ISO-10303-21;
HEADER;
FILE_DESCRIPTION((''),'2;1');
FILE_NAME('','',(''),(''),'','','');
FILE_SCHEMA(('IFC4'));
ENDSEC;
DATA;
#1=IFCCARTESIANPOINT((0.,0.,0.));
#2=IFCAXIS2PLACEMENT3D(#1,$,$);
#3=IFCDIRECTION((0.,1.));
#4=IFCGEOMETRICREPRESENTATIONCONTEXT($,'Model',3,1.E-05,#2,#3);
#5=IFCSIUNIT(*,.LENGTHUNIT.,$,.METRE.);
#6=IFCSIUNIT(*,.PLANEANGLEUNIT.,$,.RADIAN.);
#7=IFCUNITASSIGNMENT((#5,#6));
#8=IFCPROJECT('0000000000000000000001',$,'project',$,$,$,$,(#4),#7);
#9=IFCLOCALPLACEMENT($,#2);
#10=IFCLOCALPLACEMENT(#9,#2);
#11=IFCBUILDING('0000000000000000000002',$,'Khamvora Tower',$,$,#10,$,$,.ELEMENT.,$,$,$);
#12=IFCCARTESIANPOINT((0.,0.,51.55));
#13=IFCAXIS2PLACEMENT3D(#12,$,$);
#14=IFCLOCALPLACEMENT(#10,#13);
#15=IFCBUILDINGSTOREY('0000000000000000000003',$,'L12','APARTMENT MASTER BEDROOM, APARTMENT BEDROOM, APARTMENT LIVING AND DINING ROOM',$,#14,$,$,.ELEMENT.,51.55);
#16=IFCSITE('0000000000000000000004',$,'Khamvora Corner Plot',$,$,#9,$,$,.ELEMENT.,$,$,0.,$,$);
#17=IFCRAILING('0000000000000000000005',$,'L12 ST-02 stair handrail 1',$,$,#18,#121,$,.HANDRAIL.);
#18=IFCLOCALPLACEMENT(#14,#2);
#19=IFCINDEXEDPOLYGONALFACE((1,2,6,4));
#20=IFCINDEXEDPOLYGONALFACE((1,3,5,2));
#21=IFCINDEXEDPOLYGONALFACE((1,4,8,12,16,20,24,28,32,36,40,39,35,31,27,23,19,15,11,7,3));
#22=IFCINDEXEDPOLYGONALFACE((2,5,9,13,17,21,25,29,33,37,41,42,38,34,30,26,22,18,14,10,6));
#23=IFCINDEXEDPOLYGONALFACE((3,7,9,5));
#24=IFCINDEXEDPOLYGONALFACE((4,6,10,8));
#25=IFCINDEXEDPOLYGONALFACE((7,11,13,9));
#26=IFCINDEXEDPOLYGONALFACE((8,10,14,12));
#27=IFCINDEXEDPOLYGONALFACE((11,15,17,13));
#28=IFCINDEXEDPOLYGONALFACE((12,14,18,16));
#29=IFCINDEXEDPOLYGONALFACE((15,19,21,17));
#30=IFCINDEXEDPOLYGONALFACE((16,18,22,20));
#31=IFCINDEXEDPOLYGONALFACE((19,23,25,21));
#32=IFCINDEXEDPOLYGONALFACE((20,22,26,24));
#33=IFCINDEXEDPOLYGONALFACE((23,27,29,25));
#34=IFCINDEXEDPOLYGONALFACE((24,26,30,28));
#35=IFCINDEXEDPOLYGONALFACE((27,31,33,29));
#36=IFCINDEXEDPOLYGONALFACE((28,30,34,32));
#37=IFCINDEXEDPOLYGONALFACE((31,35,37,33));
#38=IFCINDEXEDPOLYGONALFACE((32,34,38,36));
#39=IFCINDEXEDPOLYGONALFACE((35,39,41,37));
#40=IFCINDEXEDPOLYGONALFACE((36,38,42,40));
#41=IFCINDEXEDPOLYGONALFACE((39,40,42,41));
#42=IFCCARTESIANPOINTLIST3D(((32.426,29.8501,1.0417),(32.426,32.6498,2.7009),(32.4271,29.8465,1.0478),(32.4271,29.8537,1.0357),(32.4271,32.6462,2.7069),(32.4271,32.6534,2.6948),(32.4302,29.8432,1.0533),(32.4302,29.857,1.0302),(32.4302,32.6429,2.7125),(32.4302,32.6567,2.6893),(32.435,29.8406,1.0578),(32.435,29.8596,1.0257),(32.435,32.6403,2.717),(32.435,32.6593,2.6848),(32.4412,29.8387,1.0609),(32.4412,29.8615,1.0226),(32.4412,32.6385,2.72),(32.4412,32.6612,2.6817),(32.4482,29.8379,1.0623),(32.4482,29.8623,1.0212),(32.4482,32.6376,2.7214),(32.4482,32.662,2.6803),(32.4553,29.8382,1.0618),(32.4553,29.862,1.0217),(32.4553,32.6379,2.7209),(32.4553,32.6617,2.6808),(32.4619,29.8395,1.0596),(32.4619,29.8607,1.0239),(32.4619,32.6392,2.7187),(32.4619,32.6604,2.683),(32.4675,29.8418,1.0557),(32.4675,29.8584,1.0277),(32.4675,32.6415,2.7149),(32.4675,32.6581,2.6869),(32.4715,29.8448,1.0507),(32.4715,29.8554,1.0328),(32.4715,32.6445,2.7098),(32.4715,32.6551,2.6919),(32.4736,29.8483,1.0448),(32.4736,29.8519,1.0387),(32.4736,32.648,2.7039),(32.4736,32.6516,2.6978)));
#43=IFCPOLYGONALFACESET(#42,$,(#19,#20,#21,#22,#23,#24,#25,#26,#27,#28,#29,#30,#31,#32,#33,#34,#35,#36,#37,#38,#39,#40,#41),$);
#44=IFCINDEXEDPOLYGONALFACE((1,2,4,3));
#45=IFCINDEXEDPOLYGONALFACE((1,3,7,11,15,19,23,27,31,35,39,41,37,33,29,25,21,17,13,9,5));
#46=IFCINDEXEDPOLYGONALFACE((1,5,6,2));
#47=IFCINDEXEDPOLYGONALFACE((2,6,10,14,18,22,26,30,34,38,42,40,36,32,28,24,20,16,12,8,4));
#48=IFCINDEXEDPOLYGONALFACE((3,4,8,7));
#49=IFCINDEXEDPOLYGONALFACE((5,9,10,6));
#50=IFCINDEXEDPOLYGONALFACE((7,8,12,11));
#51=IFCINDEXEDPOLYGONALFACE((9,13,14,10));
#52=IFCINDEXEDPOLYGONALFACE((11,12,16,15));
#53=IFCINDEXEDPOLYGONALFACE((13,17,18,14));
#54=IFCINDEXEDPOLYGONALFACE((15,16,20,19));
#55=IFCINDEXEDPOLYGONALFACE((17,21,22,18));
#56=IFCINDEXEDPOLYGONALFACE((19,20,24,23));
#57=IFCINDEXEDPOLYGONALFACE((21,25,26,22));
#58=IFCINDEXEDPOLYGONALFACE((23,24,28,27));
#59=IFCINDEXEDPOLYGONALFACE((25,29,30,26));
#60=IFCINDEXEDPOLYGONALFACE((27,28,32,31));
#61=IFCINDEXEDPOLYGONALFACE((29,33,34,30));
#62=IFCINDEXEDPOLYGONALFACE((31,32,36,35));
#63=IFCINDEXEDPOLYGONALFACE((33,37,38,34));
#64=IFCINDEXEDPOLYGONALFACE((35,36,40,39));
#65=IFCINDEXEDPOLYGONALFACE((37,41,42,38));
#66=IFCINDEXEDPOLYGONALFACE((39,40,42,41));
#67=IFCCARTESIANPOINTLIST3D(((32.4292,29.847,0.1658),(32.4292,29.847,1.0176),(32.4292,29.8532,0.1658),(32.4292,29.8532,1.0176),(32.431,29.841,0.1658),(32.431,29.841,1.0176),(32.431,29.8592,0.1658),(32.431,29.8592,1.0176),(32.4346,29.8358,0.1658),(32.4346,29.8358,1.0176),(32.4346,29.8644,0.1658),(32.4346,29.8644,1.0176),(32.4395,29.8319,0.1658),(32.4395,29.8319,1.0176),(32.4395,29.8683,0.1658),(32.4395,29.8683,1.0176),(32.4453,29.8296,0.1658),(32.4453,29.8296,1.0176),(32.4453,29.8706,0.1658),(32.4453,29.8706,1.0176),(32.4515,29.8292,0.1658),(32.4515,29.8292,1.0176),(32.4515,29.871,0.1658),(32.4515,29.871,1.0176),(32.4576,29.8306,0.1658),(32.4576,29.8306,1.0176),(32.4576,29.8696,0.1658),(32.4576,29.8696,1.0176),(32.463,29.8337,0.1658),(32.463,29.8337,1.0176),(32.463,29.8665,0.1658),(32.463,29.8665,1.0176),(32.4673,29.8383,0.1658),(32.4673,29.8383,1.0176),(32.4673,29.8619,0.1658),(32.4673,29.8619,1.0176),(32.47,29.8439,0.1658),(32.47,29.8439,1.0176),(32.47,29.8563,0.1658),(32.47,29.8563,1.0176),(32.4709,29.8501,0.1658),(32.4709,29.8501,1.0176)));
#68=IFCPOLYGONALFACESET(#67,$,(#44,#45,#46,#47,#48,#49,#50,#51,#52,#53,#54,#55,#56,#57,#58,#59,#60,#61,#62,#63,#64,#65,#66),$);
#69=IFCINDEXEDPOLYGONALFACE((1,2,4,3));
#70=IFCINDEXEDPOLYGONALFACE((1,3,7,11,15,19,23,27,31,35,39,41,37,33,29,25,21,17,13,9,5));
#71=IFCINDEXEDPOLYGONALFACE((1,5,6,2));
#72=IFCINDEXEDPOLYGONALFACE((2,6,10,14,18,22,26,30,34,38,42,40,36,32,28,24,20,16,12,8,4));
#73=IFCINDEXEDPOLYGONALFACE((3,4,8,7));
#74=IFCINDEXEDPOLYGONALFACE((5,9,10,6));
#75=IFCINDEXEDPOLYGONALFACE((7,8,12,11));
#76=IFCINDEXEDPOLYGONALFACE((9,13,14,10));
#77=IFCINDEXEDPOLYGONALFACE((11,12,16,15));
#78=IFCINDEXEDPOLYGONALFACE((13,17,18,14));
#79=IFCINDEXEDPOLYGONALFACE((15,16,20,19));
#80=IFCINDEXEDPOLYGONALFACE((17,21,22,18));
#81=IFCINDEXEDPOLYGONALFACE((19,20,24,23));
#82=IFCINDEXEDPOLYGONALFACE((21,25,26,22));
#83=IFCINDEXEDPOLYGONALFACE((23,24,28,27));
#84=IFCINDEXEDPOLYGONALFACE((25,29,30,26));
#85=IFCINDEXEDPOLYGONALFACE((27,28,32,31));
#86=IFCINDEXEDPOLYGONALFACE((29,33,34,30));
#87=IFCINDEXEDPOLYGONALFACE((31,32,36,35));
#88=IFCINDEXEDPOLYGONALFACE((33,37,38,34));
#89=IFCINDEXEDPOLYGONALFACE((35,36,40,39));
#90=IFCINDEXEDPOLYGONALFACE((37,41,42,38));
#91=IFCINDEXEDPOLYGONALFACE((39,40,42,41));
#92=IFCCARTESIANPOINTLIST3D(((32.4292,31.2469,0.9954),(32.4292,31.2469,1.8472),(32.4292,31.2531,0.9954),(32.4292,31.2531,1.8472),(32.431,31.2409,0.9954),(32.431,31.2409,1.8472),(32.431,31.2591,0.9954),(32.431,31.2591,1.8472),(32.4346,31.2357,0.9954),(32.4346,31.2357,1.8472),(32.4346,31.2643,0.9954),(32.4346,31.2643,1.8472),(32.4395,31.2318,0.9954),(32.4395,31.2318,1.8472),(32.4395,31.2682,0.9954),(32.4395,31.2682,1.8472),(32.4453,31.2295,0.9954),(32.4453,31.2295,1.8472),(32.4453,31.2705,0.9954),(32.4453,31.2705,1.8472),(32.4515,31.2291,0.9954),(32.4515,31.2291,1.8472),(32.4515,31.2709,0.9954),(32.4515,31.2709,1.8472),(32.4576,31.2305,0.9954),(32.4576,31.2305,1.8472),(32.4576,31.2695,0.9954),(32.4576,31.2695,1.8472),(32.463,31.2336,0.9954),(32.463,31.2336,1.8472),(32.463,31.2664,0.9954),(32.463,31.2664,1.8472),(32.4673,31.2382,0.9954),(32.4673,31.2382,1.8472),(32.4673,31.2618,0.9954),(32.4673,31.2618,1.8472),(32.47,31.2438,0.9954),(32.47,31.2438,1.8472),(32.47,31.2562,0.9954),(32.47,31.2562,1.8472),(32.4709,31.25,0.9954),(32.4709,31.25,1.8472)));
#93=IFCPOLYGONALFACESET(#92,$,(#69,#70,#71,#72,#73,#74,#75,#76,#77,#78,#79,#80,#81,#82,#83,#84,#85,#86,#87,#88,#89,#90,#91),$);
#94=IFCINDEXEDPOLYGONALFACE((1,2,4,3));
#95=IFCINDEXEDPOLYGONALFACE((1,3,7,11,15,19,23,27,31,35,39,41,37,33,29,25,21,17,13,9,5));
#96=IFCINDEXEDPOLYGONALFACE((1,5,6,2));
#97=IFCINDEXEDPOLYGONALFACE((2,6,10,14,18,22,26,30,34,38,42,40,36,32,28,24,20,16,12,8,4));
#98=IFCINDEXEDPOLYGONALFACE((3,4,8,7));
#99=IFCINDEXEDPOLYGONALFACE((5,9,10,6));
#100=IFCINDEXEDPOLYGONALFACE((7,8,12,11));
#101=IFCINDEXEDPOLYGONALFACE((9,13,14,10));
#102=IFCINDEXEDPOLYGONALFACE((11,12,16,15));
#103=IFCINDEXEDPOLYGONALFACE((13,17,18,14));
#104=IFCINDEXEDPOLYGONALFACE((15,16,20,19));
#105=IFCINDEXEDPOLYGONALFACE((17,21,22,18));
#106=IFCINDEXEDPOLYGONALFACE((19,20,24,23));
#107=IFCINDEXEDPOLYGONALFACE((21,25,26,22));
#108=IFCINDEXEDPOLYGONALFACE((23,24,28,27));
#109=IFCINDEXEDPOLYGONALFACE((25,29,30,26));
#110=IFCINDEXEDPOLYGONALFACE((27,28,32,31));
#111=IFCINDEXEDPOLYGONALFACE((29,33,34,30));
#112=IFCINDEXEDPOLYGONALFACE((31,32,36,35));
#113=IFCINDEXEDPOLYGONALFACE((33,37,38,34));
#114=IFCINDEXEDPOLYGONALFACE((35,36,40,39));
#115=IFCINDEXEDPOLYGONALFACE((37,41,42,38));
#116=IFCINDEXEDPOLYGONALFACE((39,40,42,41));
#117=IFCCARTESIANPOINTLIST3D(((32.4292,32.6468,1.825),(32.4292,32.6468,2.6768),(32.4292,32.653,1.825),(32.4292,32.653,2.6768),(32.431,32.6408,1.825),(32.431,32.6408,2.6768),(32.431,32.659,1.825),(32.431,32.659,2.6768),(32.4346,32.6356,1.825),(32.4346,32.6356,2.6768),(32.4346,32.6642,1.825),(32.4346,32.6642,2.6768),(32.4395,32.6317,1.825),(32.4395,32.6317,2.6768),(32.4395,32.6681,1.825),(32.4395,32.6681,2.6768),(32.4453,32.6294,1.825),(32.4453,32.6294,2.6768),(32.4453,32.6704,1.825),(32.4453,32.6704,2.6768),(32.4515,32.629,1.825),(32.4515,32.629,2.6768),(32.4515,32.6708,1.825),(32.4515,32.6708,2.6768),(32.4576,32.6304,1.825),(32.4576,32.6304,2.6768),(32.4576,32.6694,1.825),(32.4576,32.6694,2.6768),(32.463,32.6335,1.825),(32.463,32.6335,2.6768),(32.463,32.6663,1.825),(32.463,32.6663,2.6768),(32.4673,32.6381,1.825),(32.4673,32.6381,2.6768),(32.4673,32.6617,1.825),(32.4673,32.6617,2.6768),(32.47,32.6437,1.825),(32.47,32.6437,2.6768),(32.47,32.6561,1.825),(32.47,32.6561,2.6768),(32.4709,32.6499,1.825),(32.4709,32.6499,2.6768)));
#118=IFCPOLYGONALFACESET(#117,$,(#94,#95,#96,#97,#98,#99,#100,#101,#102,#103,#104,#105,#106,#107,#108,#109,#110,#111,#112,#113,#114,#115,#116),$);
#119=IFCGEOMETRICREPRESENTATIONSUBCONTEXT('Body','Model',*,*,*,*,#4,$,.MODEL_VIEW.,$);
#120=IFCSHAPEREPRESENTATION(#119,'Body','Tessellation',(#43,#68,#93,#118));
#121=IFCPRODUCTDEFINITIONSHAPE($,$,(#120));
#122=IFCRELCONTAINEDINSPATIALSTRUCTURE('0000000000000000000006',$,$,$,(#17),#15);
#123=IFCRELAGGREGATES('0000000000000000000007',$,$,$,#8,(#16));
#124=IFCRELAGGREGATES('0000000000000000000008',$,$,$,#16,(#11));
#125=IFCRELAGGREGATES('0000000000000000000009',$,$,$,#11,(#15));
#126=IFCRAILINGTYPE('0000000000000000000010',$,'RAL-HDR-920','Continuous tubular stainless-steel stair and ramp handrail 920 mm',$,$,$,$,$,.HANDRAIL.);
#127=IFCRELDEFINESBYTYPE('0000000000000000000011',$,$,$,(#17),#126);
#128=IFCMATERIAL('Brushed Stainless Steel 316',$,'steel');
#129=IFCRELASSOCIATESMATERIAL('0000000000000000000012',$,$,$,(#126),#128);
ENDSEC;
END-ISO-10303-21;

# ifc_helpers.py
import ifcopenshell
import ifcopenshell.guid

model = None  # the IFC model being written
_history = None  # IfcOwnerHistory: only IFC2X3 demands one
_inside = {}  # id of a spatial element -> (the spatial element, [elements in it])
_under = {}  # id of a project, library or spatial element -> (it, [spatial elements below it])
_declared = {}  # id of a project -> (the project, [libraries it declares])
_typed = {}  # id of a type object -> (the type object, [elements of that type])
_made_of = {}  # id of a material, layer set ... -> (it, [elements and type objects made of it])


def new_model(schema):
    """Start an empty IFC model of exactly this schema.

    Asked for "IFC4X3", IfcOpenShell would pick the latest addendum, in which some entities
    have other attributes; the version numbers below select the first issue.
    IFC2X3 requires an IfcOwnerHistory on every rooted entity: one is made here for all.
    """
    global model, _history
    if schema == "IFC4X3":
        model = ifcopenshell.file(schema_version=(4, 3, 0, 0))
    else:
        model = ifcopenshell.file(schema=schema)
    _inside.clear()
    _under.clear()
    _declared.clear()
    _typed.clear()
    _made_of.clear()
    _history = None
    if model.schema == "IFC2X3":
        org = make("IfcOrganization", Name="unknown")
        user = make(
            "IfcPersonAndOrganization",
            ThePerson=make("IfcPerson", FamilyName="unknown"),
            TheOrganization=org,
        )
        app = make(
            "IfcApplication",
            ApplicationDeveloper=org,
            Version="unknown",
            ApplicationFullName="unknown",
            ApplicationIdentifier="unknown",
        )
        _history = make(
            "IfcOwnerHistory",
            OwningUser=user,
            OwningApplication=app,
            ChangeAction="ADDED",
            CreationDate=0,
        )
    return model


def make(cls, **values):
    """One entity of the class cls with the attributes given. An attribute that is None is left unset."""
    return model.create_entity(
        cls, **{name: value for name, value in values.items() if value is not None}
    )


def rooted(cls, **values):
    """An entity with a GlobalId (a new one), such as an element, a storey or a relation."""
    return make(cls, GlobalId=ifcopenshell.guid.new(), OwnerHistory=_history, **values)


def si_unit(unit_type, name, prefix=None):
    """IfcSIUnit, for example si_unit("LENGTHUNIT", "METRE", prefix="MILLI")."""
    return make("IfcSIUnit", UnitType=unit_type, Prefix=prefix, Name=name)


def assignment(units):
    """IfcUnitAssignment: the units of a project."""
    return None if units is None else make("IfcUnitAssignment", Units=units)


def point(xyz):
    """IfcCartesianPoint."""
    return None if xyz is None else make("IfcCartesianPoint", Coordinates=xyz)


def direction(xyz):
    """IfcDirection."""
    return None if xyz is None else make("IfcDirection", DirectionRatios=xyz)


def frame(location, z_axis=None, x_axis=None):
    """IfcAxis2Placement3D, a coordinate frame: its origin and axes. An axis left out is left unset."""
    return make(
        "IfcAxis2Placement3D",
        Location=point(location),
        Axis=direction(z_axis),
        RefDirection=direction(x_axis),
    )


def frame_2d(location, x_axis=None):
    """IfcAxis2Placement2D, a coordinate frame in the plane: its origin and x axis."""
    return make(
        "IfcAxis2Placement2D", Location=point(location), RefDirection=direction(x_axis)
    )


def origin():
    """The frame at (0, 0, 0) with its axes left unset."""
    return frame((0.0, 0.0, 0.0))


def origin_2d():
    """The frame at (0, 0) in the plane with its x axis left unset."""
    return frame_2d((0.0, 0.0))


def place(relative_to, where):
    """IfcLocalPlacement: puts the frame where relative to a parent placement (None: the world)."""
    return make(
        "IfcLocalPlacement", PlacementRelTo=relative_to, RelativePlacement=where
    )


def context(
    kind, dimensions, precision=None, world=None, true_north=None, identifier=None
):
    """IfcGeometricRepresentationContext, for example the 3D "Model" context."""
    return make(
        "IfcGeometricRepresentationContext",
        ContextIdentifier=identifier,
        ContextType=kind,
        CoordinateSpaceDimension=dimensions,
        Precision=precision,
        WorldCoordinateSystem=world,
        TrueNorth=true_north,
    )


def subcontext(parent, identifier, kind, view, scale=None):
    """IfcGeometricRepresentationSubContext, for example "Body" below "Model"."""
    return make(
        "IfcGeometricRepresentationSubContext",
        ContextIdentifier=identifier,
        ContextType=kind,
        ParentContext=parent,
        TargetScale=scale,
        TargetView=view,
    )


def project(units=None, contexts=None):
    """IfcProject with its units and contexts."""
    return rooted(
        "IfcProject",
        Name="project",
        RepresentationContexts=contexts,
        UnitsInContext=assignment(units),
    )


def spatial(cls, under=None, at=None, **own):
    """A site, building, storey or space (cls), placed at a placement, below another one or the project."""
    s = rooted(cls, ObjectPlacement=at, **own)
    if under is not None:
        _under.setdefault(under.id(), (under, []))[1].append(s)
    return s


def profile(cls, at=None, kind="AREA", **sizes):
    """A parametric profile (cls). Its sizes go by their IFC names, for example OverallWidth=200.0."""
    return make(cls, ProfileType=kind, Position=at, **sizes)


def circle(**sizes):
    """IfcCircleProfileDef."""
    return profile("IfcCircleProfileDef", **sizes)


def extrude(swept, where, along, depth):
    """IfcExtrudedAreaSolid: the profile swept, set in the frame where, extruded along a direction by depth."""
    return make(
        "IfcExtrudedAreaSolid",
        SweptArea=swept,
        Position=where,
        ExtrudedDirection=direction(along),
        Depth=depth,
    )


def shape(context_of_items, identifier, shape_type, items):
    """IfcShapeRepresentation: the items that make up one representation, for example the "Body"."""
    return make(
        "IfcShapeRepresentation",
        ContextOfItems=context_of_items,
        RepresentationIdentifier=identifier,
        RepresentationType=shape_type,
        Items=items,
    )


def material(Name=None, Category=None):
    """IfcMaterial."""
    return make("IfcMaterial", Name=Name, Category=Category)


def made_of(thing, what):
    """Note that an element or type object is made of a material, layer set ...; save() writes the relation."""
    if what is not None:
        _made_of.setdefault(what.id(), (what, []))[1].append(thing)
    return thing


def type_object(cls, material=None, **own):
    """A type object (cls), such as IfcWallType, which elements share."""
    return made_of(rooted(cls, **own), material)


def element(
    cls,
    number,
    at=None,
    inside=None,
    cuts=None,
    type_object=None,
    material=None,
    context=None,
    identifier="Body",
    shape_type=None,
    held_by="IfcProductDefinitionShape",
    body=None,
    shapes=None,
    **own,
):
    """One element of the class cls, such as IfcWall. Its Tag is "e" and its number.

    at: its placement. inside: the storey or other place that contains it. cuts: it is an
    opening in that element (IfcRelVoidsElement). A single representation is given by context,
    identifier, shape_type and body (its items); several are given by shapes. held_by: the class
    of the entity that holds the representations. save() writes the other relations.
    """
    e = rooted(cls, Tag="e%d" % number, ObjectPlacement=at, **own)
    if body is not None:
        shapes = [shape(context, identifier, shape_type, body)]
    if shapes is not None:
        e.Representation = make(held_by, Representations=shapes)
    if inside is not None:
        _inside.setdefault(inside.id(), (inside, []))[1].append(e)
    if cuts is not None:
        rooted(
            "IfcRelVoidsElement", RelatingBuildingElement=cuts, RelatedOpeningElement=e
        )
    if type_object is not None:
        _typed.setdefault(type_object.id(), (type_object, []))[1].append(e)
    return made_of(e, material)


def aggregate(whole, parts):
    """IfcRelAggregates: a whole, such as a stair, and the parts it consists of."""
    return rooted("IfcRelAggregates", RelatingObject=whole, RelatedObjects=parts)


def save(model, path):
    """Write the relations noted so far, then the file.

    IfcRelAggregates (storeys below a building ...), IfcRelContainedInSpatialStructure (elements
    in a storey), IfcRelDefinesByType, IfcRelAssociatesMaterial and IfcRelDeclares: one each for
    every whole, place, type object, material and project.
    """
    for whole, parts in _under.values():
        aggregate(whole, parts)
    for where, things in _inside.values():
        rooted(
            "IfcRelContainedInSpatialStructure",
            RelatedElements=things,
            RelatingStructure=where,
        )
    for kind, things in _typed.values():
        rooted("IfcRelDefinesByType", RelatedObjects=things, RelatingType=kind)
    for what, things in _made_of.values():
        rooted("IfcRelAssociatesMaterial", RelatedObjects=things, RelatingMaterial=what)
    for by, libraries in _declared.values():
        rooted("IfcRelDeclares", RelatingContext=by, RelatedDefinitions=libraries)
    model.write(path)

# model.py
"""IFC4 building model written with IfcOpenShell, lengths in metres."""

from ifc_helpers import new_model, si_unit, direction, frame, origin, origin_2d, place, context, subcontext, project, spatial, circle, extrude, material, type_object, element, save


model = new_model("IFC4")

# Units and contexts
model_context = context("Model", 3, precision=1e-05, world=origin(), true_north=direction((0.0, 1.0)))
body_context = subcontext(model_context, "Body", "Model", "MODEL_VIEW")
ifc_project = project(units=[si_unit("LENGTHUNIT", "METRE"), si_unit("PLANEANGLEUNIT", "RADIAN")], contexts=[model_context])

# Site, building, storey
site_placement = place(None, origin())
site = spatial("IfcSite", under=ifc_project, at=site_placement, Name="Khamvora Corner Plot", CompositionType="ELEMENT", RefElevation=0.0)
building_placement = place(site_placement, origin())
building = spatial("IfcBuilding", under=site, at=building_placement, Name="Khamvora Tower", CompositionType="ELEMENT")
storey_placement = place(building_placement, frame((0.0, 0.0, 51.55)))
storey = spatial("IfcBuildingStorey", under=building, at=storey_placement, Name="L12", Description="APARTMENT MASTER BEDROOM, APARTMENT BEDROOM, APARTMENT LIVING AND DINING ROOM", CompositionType="ELEMENT", Elevation=51.55)

# Railing
ifc_material_1 = material(Name="Brushed Stainless Steel 316", Category="steel")
railing_type_1 = type_object("IfcRailingType", Name="RAL-HDR-920", Description="Continuous tubular stainless-steel stair and ramp handrail 920 mm", PredefinedType="HANDRAIL", material=ifc_material_1)
railing_1_placement = place(storey_placement, frame((32.45, 29.8501, 0.1658)))
element("IfcRailing", 1, at=railing_1_placement, inside=storey, type_object=railing_type_1, Name="L12 ST-02 stair handrail 1", PredefinedType="HANDRAIL", context=body_context, shape_type="SweptSolid", body=[
    extrude(circle(Radius=0.0239, at=origin_2d()), frame((0.0, 0.0, 0.876), z_axis=(0.0, 0.860287, 0.509811), x_axis=(-1.0, 0.0, 0.0)), (0.0, 0.0, 1.0), 3.2544),
    extrude(circle(Radius=0.021, at=origin_2d()), origin(), (0.0, 0.0, 1.0), 0.8518),
    extrude(circle(Radius=0.021, at=origin_2d()), frame((0.0, 1.3999, 0.8296)), (0.0, 0.0, 1.0), 0.8518),
    extrude(circle(Radius=0.021, at=origin_2d()), frame((0.0, 2.7998, 1.6592)), (0.0, 0.0, 1.0), 0.8518),
])

save(model, "model.ifc")
